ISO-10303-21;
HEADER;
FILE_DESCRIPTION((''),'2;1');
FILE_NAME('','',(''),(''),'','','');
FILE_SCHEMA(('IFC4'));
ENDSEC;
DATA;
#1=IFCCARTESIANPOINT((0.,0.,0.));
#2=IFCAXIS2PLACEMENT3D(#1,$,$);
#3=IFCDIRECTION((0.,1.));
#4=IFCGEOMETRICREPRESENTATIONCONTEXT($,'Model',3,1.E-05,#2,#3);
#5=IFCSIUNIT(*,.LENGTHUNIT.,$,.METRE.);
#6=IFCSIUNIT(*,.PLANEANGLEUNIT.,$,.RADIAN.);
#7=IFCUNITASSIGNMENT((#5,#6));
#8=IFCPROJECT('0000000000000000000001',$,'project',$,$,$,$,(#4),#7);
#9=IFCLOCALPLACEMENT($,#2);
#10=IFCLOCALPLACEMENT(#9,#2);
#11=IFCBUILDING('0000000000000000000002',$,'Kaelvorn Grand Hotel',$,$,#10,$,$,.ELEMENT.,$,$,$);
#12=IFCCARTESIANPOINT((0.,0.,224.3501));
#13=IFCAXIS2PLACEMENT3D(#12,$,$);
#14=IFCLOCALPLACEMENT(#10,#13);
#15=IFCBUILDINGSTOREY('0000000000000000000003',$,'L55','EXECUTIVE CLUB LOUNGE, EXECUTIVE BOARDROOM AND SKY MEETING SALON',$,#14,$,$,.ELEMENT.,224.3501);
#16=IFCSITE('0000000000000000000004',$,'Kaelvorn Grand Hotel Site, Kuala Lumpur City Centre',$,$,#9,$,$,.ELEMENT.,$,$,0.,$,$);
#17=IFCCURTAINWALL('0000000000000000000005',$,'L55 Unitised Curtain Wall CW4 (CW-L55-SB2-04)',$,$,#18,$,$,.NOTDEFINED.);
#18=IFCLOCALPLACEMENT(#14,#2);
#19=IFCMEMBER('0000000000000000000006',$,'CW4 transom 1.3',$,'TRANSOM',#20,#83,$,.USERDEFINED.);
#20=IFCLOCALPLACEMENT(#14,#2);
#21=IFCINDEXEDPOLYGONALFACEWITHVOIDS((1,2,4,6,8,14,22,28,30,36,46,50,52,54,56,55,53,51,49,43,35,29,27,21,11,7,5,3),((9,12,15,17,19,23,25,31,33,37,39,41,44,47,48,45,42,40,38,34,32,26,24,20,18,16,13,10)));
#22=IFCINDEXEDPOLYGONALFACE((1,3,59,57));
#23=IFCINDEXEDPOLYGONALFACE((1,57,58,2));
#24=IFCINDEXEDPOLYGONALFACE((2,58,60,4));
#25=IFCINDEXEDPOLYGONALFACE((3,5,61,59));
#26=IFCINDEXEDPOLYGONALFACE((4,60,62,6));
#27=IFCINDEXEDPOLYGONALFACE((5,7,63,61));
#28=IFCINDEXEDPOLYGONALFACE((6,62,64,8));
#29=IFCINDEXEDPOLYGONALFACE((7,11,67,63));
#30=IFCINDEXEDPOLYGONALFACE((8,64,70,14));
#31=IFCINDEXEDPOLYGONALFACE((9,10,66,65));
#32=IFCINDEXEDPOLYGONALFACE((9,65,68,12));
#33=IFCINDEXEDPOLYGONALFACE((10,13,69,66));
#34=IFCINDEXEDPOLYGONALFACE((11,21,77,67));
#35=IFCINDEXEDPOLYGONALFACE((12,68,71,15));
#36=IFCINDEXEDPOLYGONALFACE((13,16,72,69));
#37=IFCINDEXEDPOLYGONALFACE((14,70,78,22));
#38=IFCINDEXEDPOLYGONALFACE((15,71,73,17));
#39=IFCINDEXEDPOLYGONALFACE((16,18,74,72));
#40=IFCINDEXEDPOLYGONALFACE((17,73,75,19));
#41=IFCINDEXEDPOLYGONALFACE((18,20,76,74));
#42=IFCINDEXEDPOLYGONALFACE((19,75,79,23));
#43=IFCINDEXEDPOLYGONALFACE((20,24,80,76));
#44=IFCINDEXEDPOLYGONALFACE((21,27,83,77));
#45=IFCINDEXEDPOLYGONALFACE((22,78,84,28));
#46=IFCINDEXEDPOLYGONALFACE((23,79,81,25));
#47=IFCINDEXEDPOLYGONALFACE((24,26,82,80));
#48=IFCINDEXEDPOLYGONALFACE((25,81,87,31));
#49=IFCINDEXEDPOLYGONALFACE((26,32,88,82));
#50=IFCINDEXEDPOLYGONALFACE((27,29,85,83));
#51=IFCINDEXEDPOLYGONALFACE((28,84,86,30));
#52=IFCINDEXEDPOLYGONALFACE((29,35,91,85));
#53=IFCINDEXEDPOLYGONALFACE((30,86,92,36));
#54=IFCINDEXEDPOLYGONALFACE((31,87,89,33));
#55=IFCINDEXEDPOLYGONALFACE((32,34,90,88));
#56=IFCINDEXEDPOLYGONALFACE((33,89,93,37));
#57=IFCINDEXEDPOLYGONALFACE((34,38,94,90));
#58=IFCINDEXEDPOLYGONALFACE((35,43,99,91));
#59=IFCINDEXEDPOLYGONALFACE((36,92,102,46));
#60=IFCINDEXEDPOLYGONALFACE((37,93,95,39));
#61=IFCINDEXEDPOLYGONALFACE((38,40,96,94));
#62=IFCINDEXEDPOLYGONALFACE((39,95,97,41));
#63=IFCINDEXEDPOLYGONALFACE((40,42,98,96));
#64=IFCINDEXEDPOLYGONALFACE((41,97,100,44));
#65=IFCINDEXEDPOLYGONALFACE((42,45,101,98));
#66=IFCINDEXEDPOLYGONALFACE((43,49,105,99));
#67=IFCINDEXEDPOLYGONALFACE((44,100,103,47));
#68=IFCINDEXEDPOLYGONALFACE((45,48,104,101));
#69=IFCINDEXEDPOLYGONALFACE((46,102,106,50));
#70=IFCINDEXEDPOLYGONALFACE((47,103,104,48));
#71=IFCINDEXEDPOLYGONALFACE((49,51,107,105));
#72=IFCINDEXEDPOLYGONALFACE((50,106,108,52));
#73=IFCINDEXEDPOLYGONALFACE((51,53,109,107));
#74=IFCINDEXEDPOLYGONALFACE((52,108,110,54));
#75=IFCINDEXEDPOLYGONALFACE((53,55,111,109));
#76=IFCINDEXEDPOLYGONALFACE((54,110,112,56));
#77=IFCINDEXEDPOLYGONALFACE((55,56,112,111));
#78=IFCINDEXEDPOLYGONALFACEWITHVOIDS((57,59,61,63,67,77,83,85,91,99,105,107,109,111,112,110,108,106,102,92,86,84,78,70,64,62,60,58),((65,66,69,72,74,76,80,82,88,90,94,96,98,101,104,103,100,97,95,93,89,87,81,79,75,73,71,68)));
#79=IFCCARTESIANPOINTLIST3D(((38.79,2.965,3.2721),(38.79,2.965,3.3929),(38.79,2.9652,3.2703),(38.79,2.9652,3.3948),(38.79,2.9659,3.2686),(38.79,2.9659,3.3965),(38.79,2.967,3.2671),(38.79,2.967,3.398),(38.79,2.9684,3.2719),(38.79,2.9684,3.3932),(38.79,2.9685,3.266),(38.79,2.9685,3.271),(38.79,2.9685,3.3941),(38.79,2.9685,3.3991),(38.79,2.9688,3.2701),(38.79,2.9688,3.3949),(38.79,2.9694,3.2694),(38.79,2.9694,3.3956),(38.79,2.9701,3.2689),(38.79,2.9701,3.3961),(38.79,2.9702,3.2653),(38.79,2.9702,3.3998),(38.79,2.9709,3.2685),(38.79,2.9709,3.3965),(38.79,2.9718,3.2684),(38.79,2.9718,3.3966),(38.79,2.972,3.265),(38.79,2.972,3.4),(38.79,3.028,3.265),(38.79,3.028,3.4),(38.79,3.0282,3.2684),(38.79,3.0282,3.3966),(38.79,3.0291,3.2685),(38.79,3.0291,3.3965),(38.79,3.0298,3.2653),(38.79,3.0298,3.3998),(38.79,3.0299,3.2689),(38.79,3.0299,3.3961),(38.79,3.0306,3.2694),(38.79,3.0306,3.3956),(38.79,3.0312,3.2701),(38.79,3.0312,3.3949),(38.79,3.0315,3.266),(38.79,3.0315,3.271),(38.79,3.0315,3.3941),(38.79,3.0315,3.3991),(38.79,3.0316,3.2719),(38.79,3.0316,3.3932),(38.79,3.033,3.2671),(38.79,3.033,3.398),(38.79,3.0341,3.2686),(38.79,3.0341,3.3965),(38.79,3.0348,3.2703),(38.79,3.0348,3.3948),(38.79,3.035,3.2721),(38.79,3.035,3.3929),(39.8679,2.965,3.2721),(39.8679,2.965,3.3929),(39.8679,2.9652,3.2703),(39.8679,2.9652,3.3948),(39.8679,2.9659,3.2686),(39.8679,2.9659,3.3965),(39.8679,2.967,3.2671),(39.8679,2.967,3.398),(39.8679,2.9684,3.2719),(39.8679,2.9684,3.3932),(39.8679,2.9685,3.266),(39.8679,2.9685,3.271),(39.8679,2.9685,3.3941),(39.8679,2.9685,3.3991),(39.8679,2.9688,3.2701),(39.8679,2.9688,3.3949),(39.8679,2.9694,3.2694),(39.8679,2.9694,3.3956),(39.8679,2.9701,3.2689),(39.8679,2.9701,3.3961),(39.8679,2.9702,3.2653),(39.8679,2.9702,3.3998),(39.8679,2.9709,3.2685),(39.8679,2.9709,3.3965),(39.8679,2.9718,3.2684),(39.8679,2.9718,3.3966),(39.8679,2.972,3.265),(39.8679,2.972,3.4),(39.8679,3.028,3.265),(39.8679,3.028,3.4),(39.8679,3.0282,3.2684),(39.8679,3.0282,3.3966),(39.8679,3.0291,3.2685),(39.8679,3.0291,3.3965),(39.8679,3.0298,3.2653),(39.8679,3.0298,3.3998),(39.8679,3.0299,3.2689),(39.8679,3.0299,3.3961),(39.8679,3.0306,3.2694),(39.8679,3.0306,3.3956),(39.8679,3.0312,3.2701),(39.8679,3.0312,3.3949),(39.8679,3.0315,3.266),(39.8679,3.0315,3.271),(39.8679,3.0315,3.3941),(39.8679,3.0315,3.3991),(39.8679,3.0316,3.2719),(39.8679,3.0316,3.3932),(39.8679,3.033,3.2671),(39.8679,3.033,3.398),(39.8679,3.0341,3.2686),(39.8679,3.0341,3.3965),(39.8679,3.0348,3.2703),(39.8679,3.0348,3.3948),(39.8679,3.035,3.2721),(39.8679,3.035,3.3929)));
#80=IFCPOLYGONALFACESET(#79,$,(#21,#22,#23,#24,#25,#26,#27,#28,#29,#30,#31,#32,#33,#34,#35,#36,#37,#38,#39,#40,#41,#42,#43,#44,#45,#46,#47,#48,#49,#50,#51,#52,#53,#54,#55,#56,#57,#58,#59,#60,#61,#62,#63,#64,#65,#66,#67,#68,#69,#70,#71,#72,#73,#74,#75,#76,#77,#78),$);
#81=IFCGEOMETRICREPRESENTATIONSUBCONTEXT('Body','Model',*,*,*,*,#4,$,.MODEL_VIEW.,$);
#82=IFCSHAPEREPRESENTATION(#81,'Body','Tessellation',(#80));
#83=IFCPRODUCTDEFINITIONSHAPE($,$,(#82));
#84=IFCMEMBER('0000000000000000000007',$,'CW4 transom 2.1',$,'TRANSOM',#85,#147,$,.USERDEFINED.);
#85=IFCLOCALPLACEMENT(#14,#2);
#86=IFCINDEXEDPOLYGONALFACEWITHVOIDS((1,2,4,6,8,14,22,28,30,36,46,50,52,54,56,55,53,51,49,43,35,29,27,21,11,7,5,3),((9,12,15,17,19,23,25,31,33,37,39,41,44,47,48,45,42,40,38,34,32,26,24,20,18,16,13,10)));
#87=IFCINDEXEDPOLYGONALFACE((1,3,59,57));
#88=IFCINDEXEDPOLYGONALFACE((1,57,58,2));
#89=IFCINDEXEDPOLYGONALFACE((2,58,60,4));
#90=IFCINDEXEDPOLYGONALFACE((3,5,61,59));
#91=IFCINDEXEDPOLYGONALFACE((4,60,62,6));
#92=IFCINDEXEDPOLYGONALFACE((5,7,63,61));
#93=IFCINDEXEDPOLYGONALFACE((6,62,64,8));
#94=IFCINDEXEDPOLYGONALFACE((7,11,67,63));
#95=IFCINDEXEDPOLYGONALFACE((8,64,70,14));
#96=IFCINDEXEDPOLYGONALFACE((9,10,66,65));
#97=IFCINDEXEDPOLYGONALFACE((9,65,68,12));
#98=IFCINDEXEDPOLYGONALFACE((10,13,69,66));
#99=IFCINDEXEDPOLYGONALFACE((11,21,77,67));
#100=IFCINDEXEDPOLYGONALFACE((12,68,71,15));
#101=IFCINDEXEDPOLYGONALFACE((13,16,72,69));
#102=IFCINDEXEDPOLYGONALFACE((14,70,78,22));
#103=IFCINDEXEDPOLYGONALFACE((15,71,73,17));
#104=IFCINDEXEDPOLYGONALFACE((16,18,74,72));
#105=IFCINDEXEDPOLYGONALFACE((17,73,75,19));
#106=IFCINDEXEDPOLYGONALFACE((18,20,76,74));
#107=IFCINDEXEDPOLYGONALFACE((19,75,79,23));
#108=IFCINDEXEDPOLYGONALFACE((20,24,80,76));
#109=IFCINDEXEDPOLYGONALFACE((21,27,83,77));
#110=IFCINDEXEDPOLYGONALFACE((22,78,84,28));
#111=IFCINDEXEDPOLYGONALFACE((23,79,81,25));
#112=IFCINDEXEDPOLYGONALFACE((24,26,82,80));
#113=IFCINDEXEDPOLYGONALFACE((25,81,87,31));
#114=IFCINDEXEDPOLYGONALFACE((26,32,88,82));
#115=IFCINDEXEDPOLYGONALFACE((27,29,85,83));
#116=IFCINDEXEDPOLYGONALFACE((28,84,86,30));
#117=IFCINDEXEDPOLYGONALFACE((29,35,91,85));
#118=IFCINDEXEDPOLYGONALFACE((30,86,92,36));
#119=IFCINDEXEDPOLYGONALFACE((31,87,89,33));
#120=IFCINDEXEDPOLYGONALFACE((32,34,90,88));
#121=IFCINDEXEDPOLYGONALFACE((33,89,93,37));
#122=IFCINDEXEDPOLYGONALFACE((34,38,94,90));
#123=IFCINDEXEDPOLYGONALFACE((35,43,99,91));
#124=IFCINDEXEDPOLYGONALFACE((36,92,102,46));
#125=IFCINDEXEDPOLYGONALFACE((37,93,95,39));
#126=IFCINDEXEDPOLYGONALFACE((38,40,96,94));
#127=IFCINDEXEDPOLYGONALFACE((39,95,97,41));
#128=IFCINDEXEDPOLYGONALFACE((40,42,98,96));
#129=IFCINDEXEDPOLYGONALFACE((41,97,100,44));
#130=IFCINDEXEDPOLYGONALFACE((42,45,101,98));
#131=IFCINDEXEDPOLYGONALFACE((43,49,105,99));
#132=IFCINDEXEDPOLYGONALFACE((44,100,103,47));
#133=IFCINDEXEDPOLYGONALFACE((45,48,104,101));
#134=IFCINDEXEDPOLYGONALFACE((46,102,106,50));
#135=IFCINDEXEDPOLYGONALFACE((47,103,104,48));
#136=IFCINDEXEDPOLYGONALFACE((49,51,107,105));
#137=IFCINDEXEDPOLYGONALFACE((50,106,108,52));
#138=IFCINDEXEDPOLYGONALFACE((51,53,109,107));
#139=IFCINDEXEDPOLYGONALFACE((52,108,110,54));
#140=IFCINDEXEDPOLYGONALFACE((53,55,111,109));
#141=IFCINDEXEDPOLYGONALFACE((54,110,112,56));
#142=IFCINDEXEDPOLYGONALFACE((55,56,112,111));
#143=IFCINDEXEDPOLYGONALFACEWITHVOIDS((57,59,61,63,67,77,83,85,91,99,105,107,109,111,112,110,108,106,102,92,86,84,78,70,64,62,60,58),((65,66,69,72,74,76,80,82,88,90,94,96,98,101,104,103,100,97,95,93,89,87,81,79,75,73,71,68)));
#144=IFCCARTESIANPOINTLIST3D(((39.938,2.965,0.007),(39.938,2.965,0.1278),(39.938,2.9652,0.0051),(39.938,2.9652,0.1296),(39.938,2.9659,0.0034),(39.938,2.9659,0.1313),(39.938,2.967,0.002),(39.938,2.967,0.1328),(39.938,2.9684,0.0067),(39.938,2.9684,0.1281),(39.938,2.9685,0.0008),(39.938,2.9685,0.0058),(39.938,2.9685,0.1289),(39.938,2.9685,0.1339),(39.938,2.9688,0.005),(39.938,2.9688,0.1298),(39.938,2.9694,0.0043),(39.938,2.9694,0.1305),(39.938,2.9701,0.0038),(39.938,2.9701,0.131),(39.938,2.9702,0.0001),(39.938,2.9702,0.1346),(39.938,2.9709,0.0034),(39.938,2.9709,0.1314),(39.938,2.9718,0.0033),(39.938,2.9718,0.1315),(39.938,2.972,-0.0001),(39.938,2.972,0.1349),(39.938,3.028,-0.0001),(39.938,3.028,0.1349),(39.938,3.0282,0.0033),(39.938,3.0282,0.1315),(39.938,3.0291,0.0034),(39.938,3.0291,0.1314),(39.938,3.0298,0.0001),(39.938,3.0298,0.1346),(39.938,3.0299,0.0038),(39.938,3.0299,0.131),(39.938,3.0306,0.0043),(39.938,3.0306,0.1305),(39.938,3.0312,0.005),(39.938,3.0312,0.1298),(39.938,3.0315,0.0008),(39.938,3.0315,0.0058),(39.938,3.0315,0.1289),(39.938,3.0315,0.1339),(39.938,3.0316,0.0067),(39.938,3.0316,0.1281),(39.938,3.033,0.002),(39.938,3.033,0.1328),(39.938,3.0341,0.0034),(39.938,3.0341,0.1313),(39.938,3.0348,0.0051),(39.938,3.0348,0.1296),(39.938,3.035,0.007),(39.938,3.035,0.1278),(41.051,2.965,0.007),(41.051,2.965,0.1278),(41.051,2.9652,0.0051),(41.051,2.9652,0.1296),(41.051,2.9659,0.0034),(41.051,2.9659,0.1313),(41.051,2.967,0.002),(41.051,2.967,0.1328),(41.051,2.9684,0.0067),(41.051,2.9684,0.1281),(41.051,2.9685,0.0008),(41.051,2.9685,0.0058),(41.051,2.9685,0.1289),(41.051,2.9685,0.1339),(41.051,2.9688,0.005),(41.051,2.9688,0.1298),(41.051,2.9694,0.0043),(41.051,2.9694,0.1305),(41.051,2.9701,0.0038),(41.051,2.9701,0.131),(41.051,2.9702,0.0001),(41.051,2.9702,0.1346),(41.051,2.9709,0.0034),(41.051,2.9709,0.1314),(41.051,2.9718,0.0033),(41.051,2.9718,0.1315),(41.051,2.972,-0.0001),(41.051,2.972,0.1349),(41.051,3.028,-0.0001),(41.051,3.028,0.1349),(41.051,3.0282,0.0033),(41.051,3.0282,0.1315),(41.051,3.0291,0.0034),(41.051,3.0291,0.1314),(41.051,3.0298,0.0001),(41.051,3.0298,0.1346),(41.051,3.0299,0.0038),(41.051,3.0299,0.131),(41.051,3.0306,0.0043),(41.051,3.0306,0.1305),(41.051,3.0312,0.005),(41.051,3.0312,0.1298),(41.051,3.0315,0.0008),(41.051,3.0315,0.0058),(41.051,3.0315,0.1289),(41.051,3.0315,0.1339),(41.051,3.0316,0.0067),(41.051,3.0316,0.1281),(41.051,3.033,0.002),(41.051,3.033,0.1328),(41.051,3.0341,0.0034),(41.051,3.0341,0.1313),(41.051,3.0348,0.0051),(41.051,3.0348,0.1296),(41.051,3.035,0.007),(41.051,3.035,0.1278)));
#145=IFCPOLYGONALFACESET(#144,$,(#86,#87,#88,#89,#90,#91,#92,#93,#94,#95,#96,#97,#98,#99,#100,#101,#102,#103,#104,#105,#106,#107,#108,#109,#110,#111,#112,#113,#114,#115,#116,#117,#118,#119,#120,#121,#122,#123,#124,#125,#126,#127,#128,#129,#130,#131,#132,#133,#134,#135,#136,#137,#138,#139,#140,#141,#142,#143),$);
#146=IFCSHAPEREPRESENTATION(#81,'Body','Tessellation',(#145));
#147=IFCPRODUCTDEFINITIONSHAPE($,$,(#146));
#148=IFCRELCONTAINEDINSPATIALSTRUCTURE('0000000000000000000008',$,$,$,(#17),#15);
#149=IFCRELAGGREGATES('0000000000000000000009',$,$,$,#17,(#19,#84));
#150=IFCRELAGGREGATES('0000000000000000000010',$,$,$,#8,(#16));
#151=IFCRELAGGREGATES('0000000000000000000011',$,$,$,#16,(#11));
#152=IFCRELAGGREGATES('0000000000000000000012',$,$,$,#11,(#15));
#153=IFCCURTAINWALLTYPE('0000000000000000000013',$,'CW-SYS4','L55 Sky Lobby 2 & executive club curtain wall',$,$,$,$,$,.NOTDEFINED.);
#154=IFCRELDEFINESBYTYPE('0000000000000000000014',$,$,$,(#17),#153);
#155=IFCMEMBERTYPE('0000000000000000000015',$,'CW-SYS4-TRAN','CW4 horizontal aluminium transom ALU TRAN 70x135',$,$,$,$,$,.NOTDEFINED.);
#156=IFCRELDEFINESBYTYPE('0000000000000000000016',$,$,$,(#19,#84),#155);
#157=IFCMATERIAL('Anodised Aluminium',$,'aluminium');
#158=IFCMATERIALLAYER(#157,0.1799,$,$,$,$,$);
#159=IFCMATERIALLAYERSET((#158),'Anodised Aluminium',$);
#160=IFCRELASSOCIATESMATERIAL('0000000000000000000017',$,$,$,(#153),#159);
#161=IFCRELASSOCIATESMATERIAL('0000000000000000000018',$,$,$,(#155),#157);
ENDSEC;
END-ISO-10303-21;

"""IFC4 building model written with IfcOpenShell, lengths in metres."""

from ifc_helpers import new_model, si_unit, direction, frame, origin, origin_2d, place, context, subcontext, project, spatial, hollow_rectangle, extrude, material, layer, layer_set, material_profile, profile_set, type_object, element, aggregate, save


model = new_model("IFC4")

# Units and contexts
model_context = context("Model", 3, precision=1e-05, world=origin(), true_north=direction((0.0, 1.0)))
body_context = subcontext(model_context, "Body", "Model", "MODEL_VIEW")
ifc_project = project(units=[si_unit("LENGTHUNIT", "METRE"), si_unit("PLANEANGLEUNIT", "RADIAN")], contexts=[model_context])

# Site, building, storey
site_placement = place(None, origin())
site = spatial("IfcSite", under=ifc_project, at=site_placement, Name="Kaelvorn Grand Hotel Site, Kuala Lumpur City Centre", CompositionType="ELEMENT", RefElevation=0.0)
building_placement = place(site_placement, origin())
building = spatial("IfcBuilding", under=site, at=building_placement, Name="Kaelvorn Grand Hotel", CompositionType="ELEMENT")
storey_placement = place(building_placement, frame((0.0, 0.0, 224.3501)))
storey = spatial("IfcBuildingStorey", under=building, at=storey_placement, Name="L55", Description="EXECUTIVE CLUB LOUNGE, EXECUTIVE BOARDROOM AND SKY MEETING SALON", CompositionType="ELEMENT", Elevation=224.3501)

# Curtain wall, members
ifc_material_1 = material(Name="Anodised Aluminium", Category="aluminium")
ifc_layer_1 = layer(ifc_material_1, 0.1799)
ifc_layer_set_1 = layer_set([ifc_layer_1], Name="Anodised Aluminium")
curtain_wall_type = type_object("IfcCurtainWallType", Name="CW-SYS4", Description="L55 Sky Lobby 2 & executive club curtain wall", PredefinedType="NOTDEFINED", material=ifc_layer_set_1)
curtain_wall_placement = place(storey_placement, origin())
curtain_wall = element("IfcCurtainWall", 1, at=curtain_wall_placement, inside=storey, type_object=curtain_wall_type, Name="L55 Unitised Curtain Wall CW4 (CW-L55-SB2-04)", PredefinedType="NOTDEFINED")
ifc_material_profile_1 = material_profile(ifc_material_1, hollow_rectangle(XDim=0.0701, YDim=0.135, WallThickness=0.0034, InnerFilletRadius=0.0034, OuterFilletRadius=0.0071, at=origin_2d()), Name="ALU TRAN 70x135")
ifc_profile_set_1 = profile_set([ifc_material_profile_1], Name="Anodised Aluminium")
member_type_1 = type_object("IfcMemberType", Name="CW-SYS4-TRAN", Description="CW4 horizontal aluminium transom ALU TRAN 70x135", PredefinedType="NOTDEFINED", material=ifc_profile_set_1)
member_1_placement = place(storey_placement, frame((38.79, 3.0, 3.3325), z_axis=(1.0, 0.0, 0.0), x_axis=(0.0, 1.0, 0.0)))
member_1 = element("IfcMember", 2, at=member_1_placement, type_object=member_type_1, Name="CW4 transom 1.3", ObjectType="TRANSOM", PredefinedType="USERDEFINED", context=body_context, shape_type="SweptSolid", body=[
    extrude(hollow_rectangle(XDim=0.0701, YDim=0.135, WallThickness=0.0034, InnerFilletRadius=0.0034, OuterFilletRadius=0.0071, at=origin_2d()), origin(), (0.0, 0.0, 1.0), 1.0779),
])
member_2_placement = place(storey_placement, frame((39.938, 3.0, 0.0674), z_axis=(1.0, 0.0, 0.0), x_axis=(0.0, 1.0, 0.0)))
member_2 = element("IfcMember", 3, at=member_2_placement, type_object=member_type_1, Name="CW4 transom 2.1", ObjectType="TRANSOM", PredefinedType="USERDEFINED", context=body_context, shape_type="SweptSolid", body=[
    extrude(hollow_rectangle(XDim=0.0701, YDim=0.135, WallThickness=0.0034, InnerFilletRadius=0.0034, OuterFilletRadius=0.0071, at=origin_2d()), origin(), (0.0, 0.0, 1.0), 1.113),
])
aggregate(curtain_wall, [member_1, member_2])

save(model, "model.ifc")
